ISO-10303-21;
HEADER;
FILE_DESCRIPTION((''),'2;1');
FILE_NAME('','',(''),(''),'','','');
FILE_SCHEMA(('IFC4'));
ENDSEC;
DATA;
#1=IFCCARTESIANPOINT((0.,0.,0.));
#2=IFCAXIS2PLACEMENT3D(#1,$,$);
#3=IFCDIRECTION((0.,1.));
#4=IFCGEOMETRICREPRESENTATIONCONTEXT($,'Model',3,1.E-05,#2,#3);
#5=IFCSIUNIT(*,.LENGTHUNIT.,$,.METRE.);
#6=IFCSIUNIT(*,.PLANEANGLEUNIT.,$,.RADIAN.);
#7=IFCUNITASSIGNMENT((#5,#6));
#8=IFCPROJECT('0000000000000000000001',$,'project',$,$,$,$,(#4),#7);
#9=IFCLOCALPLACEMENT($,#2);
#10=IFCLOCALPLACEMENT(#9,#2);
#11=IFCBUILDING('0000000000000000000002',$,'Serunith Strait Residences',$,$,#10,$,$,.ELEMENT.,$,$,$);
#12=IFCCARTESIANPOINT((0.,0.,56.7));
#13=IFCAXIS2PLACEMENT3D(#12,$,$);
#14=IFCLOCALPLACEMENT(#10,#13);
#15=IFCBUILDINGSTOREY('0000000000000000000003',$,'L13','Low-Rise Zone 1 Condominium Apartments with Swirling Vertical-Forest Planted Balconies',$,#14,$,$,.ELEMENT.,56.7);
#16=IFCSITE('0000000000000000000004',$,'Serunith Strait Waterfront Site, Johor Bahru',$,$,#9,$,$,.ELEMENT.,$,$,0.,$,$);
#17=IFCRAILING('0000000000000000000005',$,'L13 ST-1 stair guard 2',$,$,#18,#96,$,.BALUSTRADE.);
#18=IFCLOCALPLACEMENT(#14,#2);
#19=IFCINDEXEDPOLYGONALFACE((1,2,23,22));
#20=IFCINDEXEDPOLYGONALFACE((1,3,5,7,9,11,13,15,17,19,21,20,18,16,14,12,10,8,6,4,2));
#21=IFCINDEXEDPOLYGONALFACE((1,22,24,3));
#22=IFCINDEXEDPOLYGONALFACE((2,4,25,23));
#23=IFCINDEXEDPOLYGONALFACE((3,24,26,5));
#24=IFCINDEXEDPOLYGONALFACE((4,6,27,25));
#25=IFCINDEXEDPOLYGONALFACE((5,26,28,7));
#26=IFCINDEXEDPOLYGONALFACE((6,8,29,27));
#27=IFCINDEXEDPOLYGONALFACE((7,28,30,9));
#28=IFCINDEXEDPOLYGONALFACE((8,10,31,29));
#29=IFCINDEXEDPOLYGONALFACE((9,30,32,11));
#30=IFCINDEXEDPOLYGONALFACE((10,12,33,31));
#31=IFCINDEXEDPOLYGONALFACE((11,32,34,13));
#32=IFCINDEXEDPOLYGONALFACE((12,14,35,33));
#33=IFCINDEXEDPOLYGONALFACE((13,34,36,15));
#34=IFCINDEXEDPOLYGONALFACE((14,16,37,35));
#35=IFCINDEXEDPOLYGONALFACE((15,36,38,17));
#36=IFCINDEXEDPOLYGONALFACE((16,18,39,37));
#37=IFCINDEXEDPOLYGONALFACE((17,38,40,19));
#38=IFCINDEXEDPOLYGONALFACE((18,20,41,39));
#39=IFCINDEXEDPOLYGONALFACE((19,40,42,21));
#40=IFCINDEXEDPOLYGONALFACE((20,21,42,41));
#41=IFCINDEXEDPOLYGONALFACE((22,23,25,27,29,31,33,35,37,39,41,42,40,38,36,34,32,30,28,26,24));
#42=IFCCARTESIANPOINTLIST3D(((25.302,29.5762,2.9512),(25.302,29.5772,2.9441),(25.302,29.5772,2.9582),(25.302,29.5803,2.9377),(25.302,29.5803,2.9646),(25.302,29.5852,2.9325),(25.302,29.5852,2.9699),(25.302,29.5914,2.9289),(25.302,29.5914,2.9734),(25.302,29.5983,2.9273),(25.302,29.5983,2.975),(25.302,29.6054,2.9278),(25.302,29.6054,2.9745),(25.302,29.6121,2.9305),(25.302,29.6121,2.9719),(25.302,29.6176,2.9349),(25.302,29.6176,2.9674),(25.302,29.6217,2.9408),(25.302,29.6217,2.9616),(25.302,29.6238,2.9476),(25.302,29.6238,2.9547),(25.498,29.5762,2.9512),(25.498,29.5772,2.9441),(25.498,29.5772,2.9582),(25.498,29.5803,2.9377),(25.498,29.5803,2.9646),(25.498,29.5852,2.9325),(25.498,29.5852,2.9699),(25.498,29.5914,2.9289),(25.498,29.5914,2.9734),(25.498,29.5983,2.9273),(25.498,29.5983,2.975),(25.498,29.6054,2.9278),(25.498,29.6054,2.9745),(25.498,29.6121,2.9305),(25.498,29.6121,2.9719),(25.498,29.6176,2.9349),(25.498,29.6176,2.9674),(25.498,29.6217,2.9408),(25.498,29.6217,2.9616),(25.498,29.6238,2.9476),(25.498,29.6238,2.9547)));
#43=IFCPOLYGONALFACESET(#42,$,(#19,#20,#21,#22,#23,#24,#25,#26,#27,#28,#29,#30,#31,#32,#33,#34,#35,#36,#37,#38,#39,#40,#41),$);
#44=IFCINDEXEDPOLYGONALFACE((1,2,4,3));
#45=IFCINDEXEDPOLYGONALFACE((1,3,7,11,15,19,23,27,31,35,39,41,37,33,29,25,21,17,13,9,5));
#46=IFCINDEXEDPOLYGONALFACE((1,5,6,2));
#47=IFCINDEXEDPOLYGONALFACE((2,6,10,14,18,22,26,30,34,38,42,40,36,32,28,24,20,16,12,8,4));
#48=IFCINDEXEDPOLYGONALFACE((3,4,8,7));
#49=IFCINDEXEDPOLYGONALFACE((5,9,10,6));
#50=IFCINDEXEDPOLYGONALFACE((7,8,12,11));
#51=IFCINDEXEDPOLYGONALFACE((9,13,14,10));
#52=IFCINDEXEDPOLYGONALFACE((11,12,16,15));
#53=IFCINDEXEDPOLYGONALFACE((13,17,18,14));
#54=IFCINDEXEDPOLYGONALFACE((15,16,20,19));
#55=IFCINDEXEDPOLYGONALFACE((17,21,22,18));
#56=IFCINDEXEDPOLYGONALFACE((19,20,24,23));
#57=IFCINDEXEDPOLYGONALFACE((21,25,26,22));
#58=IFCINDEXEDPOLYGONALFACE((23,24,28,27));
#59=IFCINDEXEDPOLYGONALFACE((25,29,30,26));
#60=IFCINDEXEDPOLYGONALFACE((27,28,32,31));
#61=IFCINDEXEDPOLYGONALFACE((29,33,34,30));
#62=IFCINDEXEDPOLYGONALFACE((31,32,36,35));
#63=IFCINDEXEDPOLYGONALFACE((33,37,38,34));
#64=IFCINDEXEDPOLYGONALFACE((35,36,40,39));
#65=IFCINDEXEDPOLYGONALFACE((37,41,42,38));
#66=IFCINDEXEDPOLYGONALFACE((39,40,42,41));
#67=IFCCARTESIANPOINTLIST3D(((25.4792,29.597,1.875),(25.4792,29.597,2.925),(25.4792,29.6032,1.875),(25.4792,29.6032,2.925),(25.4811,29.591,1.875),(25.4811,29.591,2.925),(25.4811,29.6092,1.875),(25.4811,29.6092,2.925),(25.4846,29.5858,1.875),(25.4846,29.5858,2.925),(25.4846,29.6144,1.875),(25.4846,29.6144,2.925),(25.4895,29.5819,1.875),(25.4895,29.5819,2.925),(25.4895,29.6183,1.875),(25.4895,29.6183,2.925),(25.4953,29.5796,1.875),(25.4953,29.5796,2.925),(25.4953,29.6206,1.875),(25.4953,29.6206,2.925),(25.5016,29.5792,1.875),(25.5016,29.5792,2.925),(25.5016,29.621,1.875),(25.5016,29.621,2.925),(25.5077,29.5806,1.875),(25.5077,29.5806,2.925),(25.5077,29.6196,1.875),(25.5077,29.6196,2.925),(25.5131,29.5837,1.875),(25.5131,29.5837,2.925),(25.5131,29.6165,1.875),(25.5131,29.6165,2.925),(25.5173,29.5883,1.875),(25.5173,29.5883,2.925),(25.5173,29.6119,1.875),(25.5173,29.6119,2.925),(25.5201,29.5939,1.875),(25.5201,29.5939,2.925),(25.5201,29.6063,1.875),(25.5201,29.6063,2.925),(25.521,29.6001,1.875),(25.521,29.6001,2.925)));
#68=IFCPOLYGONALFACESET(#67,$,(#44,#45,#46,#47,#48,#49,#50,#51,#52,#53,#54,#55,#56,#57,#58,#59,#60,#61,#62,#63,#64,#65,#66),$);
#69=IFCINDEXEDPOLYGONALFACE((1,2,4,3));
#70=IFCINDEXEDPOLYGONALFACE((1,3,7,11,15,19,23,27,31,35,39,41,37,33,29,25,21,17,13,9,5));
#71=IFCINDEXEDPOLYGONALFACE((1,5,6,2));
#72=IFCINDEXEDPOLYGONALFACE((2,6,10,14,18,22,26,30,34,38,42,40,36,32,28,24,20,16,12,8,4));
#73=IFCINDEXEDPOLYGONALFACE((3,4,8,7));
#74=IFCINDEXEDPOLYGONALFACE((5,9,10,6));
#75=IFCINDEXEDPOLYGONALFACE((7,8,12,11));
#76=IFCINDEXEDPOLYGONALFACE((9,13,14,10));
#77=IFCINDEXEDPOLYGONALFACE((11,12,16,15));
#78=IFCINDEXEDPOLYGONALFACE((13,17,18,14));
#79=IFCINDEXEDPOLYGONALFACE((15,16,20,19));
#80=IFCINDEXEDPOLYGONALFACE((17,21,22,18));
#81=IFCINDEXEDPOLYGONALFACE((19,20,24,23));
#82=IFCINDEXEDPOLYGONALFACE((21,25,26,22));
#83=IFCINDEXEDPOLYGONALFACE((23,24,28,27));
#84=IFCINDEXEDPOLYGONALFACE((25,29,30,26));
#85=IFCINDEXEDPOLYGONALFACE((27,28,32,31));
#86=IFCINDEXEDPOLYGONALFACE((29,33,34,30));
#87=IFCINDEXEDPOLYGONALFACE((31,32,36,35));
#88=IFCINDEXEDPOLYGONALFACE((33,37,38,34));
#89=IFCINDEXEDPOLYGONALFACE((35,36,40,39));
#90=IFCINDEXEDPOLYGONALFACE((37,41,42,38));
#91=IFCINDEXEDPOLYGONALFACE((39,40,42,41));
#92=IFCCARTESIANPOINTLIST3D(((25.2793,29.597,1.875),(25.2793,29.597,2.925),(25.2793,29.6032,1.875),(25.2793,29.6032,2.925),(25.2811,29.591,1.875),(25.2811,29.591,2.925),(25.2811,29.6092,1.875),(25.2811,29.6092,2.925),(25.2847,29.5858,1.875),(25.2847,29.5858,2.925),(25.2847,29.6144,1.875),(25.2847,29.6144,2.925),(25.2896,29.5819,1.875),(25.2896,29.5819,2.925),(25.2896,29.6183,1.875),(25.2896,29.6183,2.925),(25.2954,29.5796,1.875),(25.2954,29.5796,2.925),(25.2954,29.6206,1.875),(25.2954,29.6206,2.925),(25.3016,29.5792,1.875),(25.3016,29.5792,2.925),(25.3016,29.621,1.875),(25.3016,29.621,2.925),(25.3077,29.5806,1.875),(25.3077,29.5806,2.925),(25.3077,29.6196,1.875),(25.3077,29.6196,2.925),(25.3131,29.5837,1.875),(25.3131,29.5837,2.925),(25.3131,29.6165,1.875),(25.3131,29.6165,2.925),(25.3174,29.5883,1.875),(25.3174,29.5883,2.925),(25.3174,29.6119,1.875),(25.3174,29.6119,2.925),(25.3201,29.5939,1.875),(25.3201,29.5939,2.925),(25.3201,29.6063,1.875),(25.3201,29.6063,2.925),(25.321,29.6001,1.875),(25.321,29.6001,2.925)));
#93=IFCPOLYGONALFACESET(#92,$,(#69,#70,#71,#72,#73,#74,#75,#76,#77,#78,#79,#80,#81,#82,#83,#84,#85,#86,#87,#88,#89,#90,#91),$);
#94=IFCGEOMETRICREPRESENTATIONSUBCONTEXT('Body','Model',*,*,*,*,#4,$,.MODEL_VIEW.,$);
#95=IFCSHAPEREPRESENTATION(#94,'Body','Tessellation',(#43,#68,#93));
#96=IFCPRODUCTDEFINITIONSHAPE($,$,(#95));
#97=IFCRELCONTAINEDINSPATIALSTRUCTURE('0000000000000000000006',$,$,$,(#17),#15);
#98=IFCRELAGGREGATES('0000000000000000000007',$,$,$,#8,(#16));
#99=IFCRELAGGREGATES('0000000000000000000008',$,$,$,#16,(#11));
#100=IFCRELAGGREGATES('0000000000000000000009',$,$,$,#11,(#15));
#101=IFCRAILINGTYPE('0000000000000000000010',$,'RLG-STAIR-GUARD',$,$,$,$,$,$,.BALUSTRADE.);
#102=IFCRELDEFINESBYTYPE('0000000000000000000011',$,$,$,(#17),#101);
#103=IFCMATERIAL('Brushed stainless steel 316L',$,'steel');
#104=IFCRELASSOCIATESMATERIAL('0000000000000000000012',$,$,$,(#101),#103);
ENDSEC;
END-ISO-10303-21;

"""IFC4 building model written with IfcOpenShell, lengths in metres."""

from ifc_helpers import new_model, si_unit, direction, frame, origin, origin_2d, place, context, subcontext, project, spatial, circle, extrude, material, type_object, element, save


model = new_model("IFC4")

# Units and contexts
model_context = context("Model", 3, precision=1e-05, world=origin(), true_north=direction((0.0, 1.0)))
body_context = subcontext(model_context, "Body", "Model", "MODEL_VIEW")
ifc_project = project(units=[si_unit("LENGTHUNIT", "METRE"), si_unit("PLANEANGLEUNIT", "RADIAN")], contexts=[model_context])

# Site, building, storey
site_placement = place(None, origin())
site = spatial("IfcSite", under=ifc_project, at=site_placement, Name="Serunith Strait Waterfront Site, Johor Bahru", CompositionType="ELEMENT", RefElevation=0.0)
building_placement = place(site_placement, origin())
building = spatial("IfcBuilding", under=site, at=building_placement, Name="Serunith Strait Residences", CompositionType="ELEMENT")
storey_placement = place(building_placement, frame((0.0, 0.0, 56.7)))
storey = spatial("IfcBuildingStorey", under=building, at=storey_placement, Name="L13", Description="Low-Rise Zone 1 Condominium Apartments with Swirling Vertical-Forest Planted Balconies", CompositionType="ELEMENT", Elevation=56.7)

# Railing
ifc_material_1 = material(Name="Brushed stainless steel 316L", Category="steel")
railing_type_1 = type_object("IfcRailingType", Name="RLG-STAIR-GUARD", PredefinedType="BALUSTRADE", material=ifc_material_1)
railing_1_placement = place(storey_placement, frame((25.5, 29.6001, 1.875)))
element("IfcRailing", 1, at=railing_1_placement, inside=storey, type_object=railing_type_1, Name="L13 ST-1 stair guard 2", PredefinedType="BALUSTRADE", context=body_context, shape_type="SweptSolid", body=[
    extrude(circle(Radius=0.0239, at=origin_2d()), frame((-0.002, 0.0, 1.0762), z_axis=(-1.0, 0.0, 0.0), x_axis=(0.0, -1.0, 0.0)), (0.0, 0.0, 1.0), 0.196),
    extrude(circle(Radius=0.021, at=origin_2d()), origin(), (0.0, 0.0, 1.0), 1.05),
    extrude(circle(Radius=0.021, at=origin_2d()), frame((-0.2, 0.0, 0.0)), (0.0, 0.0, 1.0), 1.05),
])

save(model, "model.ifc")
